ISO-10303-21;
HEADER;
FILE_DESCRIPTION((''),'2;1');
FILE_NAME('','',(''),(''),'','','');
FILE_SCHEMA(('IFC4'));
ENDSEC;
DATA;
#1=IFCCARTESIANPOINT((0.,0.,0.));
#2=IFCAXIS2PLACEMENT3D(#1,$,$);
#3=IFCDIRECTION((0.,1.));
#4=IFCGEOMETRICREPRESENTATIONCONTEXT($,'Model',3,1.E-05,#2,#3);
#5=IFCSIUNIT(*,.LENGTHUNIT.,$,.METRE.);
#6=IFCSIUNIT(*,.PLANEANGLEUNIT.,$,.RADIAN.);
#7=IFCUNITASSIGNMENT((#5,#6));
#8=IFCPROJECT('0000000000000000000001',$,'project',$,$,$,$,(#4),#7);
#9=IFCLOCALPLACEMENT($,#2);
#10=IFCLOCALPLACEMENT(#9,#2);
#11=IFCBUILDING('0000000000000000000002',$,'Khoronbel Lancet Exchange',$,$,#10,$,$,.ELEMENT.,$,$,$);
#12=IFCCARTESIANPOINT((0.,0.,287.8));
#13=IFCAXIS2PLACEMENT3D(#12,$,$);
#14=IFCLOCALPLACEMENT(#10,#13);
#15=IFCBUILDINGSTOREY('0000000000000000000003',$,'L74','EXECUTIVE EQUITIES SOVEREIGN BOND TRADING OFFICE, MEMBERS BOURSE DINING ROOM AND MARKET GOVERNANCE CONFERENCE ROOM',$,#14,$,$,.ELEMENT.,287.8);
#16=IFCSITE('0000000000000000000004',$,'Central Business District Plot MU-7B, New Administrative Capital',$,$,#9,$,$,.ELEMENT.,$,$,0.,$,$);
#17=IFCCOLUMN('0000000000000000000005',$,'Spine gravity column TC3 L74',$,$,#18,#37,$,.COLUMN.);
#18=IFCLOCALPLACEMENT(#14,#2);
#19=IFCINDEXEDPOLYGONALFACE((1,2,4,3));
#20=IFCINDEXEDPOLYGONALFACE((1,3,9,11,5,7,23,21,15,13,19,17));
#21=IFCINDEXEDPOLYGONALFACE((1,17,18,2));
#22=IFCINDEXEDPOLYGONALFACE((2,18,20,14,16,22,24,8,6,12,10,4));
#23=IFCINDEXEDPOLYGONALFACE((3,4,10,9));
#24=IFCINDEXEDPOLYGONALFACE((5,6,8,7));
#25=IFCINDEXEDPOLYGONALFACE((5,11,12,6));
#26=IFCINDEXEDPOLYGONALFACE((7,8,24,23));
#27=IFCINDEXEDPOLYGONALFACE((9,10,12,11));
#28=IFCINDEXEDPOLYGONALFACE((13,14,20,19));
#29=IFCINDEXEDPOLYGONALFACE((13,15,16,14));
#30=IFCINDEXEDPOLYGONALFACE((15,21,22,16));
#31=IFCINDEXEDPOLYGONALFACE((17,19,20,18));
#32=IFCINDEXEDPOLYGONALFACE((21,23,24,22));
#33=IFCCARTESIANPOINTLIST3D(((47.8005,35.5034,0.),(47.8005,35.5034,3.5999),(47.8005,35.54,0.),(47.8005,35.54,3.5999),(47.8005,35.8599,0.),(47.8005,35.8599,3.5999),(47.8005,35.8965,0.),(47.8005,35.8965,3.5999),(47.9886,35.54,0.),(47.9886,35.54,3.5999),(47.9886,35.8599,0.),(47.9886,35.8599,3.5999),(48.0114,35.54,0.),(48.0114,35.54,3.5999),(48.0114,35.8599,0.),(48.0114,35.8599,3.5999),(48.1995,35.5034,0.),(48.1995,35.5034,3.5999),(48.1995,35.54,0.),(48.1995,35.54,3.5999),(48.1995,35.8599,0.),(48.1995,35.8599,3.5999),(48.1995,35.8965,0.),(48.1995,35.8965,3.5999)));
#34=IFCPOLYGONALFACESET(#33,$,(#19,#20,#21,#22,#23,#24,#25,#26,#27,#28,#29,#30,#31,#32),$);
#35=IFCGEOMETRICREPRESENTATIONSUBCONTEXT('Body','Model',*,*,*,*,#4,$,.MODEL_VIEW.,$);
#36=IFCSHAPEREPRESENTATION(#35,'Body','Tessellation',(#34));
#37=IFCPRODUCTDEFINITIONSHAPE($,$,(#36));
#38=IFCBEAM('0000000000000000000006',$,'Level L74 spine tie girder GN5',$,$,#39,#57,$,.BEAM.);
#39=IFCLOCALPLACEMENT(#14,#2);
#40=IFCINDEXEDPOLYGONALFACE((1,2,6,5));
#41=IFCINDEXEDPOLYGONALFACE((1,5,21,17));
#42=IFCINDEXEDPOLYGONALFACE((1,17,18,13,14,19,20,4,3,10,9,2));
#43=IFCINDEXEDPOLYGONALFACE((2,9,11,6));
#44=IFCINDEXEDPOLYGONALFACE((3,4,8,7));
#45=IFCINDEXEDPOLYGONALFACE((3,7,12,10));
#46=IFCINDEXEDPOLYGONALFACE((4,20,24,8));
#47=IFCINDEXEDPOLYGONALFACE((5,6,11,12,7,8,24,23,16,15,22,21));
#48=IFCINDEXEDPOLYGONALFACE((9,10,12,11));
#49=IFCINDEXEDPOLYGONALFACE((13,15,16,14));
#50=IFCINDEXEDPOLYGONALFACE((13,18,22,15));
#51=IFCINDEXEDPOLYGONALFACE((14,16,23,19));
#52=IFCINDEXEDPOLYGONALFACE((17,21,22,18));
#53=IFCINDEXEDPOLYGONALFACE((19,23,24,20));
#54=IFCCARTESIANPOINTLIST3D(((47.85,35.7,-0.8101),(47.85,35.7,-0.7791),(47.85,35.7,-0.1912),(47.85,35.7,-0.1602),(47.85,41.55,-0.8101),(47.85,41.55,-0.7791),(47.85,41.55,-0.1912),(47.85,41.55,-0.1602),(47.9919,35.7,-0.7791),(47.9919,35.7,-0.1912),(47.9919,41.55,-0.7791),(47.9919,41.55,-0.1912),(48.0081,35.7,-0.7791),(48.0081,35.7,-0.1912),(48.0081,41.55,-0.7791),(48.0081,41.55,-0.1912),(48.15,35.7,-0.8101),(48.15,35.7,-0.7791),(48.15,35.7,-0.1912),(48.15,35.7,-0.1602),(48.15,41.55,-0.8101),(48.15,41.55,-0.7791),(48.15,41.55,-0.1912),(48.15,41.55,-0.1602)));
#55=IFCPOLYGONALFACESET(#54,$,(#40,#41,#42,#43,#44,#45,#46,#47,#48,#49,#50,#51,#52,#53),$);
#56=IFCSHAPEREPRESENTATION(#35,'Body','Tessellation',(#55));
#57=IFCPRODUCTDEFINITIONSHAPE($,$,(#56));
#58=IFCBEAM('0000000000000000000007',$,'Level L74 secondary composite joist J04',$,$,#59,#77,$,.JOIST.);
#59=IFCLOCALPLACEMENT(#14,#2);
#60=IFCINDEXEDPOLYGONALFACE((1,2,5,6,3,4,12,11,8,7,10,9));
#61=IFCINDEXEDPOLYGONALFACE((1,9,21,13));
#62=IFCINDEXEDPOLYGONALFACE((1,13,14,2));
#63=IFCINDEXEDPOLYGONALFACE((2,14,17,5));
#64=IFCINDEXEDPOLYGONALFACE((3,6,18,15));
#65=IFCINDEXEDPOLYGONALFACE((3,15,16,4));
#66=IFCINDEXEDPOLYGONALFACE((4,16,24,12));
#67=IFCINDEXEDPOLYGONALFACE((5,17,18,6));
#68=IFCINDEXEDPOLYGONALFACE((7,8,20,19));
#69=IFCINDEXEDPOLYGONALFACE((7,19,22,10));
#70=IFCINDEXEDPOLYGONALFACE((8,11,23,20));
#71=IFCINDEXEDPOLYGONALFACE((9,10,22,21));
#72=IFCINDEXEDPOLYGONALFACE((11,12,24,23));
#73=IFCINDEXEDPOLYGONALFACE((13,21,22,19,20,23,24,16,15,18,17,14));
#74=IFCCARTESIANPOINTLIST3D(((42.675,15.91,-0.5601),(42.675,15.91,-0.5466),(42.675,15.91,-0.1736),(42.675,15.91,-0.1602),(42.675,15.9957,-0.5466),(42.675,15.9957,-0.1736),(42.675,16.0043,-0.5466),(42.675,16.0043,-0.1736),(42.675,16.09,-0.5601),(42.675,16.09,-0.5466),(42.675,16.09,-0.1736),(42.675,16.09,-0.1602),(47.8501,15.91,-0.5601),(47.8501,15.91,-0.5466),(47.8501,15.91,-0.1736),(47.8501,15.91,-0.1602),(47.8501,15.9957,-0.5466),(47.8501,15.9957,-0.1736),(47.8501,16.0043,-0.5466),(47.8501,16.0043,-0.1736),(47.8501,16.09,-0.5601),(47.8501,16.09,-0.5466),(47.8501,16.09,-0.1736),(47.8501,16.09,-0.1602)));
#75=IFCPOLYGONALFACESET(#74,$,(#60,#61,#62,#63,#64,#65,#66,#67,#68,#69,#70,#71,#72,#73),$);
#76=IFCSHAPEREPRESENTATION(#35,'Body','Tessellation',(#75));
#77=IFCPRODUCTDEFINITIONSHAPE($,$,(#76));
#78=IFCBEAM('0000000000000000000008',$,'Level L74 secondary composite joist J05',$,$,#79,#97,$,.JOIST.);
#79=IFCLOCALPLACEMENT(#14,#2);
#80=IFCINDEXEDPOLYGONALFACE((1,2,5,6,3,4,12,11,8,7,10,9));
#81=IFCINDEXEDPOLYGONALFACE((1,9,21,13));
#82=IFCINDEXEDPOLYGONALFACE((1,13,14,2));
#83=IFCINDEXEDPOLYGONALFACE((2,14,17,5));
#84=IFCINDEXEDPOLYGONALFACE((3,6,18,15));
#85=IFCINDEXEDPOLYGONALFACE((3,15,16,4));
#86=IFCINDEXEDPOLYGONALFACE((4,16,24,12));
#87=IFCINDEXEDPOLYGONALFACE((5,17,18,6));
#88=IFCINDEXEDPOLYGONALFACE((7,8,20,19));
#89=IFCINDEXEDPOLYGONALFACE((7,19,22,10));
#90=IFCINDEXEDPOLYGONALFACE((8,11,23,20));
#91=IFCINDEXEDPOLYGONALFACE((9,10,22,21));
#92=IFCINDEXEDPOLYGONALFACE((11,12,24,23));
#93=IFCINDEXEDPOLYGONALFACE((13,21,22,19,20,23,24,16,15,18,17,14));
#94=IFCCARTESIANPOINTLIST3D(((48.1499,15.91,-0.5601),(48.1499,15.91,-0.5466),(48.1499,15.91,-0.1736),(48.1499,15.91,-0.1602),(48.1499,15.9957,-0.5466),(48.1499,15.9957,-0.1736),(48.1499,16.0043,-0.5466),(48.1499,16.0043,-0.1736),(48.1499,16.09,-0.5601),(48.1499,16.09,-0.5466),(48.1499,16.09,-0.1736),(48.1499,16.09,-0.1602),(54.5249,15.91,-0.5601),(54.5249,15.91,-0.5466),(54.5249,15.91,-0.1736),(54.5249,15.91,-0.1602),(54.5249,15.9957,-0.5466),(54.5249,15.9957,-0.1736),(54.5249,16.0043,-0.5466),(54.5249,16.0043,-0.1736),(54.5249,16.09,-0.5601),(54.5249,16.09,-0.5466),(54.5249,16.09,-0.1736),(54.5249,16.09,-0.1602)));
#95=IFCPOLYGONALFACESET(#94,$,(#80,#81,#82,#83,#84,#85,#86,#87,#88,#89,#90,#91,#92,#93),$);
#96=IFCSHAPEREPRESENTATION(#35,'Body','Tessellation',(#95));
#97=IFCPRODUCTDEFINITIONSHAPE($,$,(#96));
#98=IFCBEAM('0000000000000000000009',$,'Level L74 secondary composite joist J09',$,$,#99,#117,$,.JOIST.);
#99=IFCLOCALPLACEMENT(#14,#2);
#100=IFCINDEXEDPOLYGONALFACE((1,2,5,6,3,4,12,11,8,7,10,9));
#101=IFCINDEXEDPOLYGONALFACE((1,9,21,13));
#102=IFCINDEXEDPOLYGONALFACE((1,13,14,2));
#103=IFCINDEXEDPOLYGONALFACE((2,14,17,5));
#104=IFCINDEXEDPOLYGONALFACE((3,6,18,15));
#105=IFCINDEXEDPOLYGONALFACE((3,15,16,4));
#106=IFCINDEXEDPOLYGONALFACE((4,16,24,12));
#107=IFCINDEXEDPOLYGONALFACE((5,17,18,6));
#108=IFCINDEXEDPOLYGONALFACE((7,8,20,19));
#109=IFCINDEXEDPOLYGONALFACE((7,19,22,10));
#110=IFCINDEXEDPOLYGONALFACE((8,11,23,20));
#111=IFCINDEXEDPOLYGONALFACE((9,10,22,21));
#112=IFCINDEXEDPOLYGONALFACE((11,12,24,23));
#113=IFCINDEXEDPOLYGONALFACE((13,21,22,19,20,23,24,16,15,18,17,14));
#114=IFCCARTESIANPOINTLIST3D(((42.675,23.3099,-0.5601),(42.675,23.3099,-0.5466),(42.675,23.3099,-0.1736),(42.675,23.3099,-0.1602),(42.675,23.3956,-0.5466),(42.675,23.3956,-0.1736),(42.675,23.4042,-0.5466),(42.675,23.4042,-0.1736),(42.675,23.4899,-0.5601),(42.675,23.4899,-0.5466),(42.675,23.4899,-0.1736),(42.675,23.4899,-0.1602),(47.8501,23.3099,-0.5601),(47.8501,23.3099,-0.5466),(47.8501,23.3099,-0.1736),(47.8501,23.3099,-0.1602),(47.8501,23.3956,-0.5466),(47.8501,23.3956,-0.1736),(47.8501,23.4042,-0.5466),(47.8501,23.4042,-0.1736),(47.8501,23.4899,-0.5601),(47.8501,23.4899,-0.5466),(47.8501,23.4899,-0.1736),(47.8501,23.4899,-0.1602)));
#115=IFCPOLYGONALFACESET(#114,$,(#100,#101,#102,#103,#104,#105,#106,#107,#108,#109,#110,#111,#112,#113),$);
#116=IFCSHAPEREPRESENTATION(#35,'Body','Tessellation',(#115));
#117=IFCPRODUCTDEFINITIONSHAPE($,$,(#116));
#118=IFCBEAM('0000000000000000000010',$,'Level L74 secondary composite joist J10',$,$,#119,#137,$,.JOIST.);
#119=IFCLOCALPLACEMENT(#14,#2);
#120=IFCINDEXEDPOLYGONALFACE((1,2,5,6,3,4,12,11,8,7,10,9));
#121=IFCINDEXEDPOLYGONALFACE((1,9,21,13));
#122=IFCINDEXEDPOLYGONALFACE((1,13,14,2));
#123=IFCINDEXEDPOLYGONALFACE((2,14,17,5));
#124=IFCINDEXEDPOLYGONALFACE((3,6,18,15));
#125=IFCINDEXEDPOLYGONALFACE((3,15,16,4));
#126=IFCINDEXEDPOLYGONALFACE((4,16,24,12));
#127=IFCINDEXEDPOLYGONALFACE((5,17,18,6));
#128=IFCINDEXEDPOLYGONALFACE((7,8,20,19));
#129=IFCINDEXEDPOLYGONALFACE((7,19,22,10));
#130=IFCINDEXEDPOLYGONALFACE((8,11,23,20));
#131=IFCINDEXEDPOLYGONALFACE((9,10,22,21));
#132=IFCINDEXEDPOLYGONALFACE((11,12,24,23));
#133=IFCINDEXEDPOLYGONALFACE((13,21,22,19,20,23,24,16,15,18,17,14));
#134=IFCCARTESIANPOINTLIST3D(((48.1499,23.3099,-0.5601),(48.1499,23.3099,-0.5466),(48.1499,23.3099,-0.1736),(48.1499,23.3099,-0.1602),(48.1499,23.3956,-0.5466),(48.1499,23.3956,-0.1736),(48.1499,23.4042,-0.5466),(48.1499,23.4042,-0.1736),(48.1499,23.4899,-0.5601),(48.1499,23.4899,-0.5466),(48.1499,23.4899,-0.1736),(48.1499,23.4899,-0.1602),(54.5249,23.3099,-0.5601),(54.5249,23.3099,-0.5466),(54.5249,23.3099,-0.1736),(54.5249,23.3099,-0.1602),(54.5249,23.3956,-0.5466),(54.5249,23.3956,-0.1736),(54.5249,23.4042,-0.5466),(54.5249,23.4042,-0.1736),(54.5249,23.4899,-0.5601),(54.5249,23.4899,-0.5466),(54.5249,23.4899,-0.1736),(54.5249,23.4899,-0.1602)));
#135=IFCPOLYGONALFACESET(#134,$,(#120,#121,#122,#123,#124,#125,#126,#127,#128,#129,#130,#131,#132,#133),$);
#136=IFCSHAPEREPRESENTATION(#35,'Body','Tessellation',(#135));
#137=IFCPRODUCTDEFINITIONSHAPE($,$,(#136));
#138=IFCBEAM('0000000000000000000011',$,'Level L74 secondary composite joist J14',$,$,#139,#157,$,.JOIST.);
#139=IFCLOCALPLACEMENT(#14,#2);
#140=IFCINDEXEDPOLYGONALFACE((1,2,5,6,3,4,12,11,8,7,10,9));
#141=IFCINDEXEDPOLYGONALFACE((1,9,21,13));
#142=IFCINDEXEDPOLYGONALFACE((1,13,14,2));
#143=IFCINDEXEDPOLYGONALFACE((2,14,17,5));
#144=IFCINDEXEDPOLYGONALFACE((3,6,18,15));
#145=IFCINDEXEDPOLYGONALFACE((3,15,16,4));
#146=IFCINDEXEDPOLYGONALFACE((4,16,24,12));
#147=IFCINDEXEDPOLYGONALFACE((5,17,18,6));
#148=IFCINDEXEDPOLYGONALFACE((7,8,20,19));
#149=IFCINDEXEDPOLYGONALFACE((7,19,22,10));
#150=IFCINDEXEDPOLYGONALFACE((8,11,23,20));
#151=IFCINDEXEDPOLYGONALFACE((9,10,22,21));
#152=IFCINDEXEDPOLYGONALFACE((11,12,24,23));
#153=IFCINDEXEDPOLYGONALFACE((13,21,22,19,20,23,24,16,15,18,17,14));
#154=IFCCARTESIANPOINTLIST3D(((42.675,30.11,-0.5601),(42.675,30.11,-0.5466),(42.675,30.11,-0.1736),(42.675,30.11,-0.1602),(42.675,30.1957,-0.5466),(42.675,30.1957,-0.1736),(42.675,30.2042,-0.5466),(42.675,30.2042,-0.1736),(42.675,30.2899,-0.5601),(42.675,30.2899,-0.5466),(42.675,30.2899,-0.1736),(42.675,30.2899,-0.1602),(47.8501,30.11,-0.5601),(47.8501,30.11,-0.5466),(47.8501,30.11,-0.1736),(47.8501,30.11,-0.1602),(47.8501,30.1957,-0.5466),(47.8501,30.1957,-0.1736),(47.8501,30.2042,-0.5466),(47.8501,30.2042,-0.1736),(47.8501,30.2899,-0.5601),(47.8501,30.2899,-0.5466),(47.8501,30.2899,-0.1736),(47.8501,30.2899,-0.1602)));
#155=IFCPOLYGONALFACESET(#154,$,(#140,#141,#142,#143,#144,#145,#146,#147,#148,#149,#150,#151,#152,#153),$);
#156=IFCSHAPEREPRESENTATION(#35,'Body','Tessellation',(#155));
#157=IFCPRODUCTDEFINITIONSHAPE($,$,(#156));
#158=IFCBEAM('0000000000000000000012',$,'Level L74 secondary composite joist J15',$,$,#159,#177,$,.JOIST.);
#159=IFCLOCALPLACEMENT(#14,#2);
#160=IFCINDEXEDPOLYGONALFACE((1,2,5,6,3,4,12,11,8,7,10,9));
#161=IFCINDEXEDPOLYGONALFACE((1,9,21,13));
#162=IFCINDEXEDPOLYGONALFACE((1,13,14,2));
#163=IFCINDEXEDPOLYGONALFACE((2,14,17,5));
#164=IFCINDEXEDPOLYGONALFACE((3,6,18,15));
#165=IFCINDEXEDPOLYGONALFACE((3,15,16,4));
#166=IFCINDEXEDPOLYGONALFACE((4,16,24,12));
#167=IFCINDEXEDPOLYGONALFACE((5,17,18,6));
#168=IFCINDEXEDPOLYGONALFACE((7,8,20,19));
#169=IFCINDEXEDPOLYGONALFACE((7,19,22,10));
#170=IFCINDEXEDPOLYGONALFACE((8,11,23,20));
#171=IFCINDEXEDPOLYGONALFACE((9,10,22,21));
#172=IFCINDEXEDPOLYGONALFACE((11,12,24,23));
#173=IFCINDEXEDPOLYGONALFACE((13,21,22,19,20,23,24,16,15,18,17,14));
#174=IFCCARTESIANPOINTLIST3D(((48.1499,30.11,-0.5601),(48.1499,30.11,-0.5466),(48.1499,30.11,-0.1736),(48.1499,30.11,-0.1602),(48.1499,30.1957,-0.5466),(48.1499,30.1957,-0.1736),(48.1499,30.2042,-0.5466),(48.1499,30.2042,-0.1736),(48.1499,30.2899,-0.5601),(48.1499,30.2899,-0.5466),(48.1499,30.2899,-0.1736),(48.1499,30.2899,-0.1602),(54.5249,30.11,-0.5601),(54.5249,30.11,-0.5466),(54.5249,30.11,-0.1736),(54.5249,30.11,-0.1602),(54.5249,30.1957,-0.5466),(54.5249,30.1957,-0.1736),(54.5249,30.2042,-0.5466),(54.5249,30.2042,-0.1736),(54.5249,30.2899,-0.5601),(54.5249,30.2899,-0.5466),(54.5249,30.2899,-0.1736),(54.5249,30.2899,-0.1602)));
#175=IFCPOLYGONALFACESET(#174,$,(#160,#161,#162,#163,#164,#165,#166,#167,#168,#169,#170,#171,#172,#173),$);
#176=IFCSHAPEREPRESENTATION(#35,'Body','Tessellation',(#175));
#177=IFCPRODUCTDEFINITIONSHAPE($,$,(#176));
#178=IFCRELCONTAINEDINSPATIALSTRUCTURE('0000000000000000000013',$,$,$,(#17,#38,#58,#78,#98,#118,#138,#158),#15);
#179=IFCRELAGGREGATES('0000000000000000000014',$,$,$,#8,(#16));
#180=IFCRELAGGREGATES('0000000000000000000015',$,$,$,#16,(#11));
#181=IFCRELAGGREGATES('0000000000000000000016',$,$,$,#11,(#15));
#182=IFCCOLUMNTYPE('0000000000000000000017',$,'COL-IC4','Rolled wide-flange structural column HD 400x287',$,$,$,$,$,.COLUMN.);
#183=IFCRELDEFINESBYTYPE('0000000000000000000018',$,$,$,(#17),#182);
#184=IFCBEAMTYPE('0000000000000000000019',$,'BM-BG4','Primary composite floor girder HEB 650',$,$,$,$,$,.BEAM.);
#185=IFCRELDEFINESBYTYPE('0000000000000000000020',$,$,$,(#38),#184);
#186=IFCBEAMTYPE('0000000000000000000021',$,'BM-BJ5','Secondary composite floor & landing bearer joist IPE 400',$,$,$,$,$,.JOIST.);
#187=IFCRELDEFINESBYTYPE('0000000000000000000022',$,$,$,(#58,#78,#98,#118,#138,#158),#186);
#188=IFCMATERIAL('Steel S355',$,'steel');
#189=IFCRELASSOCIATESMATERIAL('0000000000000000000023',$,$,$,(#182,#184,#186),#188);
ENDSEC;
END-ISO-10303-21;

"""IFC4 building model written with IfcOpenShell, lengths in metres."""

from ifc_helpers import new_model, si_unit, direction, frame, origin, origin_2d, place, context, subcontext, project, spatial, i_section, extrude, material, material_profile, profile_set, type_object, element, save


model = new_model("IFC4")

# Units and contexts
model_context = context("Model", 3, precision=1e-05, world=origin(), true_north=direction((0.0, 1.0)))
body_context = subcontext(model_context, "Body", "Model", "MODEL_VIEW")
ifc_project = project(units=[si_unit("LENGTHUNIT", "METRE"), si_unit("PLANEANGLEUNIT", "RADIAN")], contexts=[model_context])

# Site, building, storey
site_placement = place(None, origin())
site = spatial("IfcSite", under=ifc_project, at=site_placement, Name="Central Business District Plot MU-7B, New Administrative Capital", CompositionType="ELEMENT", RefElevation=0.0)
building_placement = place(site_placement, origin())
building = spatial("IfcBuilding", under=site, at=building_placement, Name="Khoronbel Lancet Exchange", CompositionType="ELEMENT")
storey_placement = place(building_placement, frame((0.0, 0.0, 287.8)))
storey = spatial("IfcBuildingStorey", under=building, at=storey_placement, Name="L74", Description="EXECUTIVE EQUITIES SOVEREIGN BOND TRADING OFFICE, MEMBERS BOURSE DINING ROOM AND MARKET GOVERNANCE CONFERENCE ROOM", CompositionType="ELEMENT", Elevation=287.8)

# Column
ifc_material_1 = material(Name="Steel S355", Category="steel")
ifc_material_profile_1 = material_profile(ifc_material_1, i_section(OverallWidth=0.3989, OverallDepth=0.3931, WebThickness=0.0227, FlangeThickness=0.0366, at=origin_2d()), Name="HD 400x287")
ifc_profile_set_1 = profile_set([ifc_material_profile_1], Name="Steel S355")
column_type = type_object("IfcColumnType", Name="COL-IC4", Description="Rolled wide-flange structural column HD 400x287", PredefinedType="COLUMN", material=ifc_profile_set_1)
column_placement = place(storey_placement, frame((48.0, 35.7, 0.0), z_axis=(0.0, 0.0, 1.0), x_axis=(1.0, 0.0, 0.0)))
element("IfcColumn", 1, at=column_placement, inside=storey, type_object=column_type, Name="Spine gravity column TC3 L74", PredefinedType="COLUMN", context=body_context, shape_type="SweptSolid", body=[
    extrude(i_section(OverallWidth=0.3989, OverallDepth=0.3931, WebThickness=0.0227, FlangeThickness=0.0366, at=origin_2d()), origin(), (0.0, 0.0, 1.0), 3.5999),
])

# Beams
ifc_material_profile_2 = material_profile(ifc_material_1, i_section(OverallWidth=0.3, OverallDepth=0.6499, WebThickness=0.0161, FlangeThickness=0.031, at=origin_2d()), Name="HEB 650")
ifc_profile_set_2 = profile_set([ifc_material_profile_2], Name="Steel S355")
beam_type_1 = type_object("IfcBeamType", Name="BM-BG4", Description="Primary composite floor girder HEB 650", PredefinedType="BEAM", material=ifc_profile_set_2)
beam_1_placement = place(storey_placement, frame((48.0, 35.7, -0.4851), z_axis=(0.0, 1.0, 0.0), x_axis=(-1.0, 0.0, 0.0)))
element("IfcBeam", 2, at=beam_1_placement, inside=storey, type_object=beam_type_1, Name="Level L74 spine tie girder GN5", PredefinedType="BEAM", context=body_context, shape_type="SweptSolid", body=[
    extrude(i_section(OverallWidth=0.3, OverallDepth=0.6499, WebThickness=0.0161, FlangeThickness=0.031, at=origin_2d()), origin(), (0.0, 0.0, 1.0), 5.8501),
])
ifc_material_profile_3 = material_profile(ifc_material_1, i_section(OverallWidth=0.1799, OverallDepth=0.3999, WebThickness=0.0085, FlangeThickness=0.0134, at=origin_2d()), Name="IPE 400")
ifc_profile_set_3 = profile_set([ifc_material_profile_3], Name="Steel S355")
beam_type_2 = type_object("IfcBeamType", Name="BM-BJ5", Description="Secondary composite floor & landing bearer joist IPE 400", PredefinedType="JOIST", material=ifc_profile_set_3)
beam_2_placement = place(storey_placement, frame((42.675, 16.0, -0.3601), z_axis=(1.0, 0.0, 0.0), x_axis=(0.0, 1.0, 0.0)))
element("IfcBeam", 3, at=beam_2_placement, inside=storey, type_object=beam_type_2, Name="Level L74 secondary composite joist J04", PredefinedType="JOIST", context=body_context, shape_type="SweptSolid", body=[
    extrude(i_section(OverallWidth=0.1799, OverallDepth=0.3999, WebThickness=0.0085, FlangeThickness=0.0134, at=origin_2d()), origin(), (0.0, 0.0, 1.0), 5.175),
])
beam_3_placement = place(storey_placement, frame((48.1499, 16.0, -0.3601), z_axis=(1.0, 0.0, 0.0), x_axis=(0.0, 1.0, 0.0)))
element("IfcBeam", 4, at=beam_3_placement, inside=storey, type_object=beam_type_2, Name="Level L74 secondary composite joist J05", PredefinedType="JOIST", context=body_context, shape_type="SweptSolid", body=[
    extrude(i_section(OverallWidth=0.1799, OverallDepth=0.3999, WebThickness=0.0085, FlangeThickness=0.0134, at=origin_2d()), origin(), (0.0, 0.0, 1.0), 6.375),
])
beam_4_placement = place(storey_placement, frame((42.675, 23.3999, -0.3601), z_axis=(1.0, 0.0, 0.0), x_axis=(0.0, 1.0, 0.0)))
element("IfcBeam", 5, at=beam_4_placement, inside=storey, type_object=beam_type_2, Name="Level L74 secondary composite joist J09", PredefinedType="JOIST", context=body_context, shape_type="SweptSolid", body=[
    extrude(i_section(OverallWidth=0.1799, OverallDepth=0.3999, WebThickness=0.0085, FlangeThickness=0.0134, at=origin_2d()), origin(), (0.0, 0.0, 1.0), 5.175),
])
beam_5_placement = place(storey_placement, frame((48.1499, 23.3999, -0.3601), z_axis=(1.0, 0.0, 0.0), x_axis=(0.0, 1.0, 0.0)))
element("IfcBeam", 6, at=beam_5_placement, inside=storey, type_object=beam_type_2, Name="Level L74 secondary composite joist J10", PredefinedType="JOIST", context=body_context, shape_type="SweptSolid", body=[
    extrude(i_section(OverallWidth=0.1799, OverallDepth=0.3999, WebThickness=0.0085, FlangeThickness=0.0134, at=origin_2d()), origin(), (0.0, 0.0, 1.0), 6.375),
])
beam_6_placement = place(storey_placement, frame((42.675, 30.2, -0.3601), z_axis=(1.0, 0.0, 0.0), x_axis=(0.0, 1.0, 0.0)))
element("IfcBeam", 7, at=beam_6_placement, inside=storey, type_object=beam_type_2, Name="Level L74 secondary composite joist J14", PredefinedType="JOIST", context=body_context, shape_type="SweptSolid", body=[
    extrude(i_section(OverallWidth=0.1799, OverallDepth=0.3999, WebThickness=0.0085, FlangeThickness=0.0134, at=origin_2d()), origin(), (0.0, 0.0, 1.0), 5.175),
])
beam_7_placement = place(storey_placement, frame((48.1499, 30.2, -0.3601), z_axis=(1.0, 0.0, 0.0), x_axis=(0.0, 1.0, 0.0)))
element("IfcBeam", 8, at=beam_7_placement, inside=storey, type_object=beam_type_2, Name="Level L74 secondary composite joist J15", PredefinedType="JOIST", context=body_context, shape_type="SweptSolid", body=[
    extrude(i_section(OverallWidth=0.1799, OverallDepth=0.3999, WebThickness=0.0085, FlangeThickness=0.0134, at=origin_2d()), origin(), (0.0, 0.0, 1.0), 6.375),
])

save(model, "model.ifc")
